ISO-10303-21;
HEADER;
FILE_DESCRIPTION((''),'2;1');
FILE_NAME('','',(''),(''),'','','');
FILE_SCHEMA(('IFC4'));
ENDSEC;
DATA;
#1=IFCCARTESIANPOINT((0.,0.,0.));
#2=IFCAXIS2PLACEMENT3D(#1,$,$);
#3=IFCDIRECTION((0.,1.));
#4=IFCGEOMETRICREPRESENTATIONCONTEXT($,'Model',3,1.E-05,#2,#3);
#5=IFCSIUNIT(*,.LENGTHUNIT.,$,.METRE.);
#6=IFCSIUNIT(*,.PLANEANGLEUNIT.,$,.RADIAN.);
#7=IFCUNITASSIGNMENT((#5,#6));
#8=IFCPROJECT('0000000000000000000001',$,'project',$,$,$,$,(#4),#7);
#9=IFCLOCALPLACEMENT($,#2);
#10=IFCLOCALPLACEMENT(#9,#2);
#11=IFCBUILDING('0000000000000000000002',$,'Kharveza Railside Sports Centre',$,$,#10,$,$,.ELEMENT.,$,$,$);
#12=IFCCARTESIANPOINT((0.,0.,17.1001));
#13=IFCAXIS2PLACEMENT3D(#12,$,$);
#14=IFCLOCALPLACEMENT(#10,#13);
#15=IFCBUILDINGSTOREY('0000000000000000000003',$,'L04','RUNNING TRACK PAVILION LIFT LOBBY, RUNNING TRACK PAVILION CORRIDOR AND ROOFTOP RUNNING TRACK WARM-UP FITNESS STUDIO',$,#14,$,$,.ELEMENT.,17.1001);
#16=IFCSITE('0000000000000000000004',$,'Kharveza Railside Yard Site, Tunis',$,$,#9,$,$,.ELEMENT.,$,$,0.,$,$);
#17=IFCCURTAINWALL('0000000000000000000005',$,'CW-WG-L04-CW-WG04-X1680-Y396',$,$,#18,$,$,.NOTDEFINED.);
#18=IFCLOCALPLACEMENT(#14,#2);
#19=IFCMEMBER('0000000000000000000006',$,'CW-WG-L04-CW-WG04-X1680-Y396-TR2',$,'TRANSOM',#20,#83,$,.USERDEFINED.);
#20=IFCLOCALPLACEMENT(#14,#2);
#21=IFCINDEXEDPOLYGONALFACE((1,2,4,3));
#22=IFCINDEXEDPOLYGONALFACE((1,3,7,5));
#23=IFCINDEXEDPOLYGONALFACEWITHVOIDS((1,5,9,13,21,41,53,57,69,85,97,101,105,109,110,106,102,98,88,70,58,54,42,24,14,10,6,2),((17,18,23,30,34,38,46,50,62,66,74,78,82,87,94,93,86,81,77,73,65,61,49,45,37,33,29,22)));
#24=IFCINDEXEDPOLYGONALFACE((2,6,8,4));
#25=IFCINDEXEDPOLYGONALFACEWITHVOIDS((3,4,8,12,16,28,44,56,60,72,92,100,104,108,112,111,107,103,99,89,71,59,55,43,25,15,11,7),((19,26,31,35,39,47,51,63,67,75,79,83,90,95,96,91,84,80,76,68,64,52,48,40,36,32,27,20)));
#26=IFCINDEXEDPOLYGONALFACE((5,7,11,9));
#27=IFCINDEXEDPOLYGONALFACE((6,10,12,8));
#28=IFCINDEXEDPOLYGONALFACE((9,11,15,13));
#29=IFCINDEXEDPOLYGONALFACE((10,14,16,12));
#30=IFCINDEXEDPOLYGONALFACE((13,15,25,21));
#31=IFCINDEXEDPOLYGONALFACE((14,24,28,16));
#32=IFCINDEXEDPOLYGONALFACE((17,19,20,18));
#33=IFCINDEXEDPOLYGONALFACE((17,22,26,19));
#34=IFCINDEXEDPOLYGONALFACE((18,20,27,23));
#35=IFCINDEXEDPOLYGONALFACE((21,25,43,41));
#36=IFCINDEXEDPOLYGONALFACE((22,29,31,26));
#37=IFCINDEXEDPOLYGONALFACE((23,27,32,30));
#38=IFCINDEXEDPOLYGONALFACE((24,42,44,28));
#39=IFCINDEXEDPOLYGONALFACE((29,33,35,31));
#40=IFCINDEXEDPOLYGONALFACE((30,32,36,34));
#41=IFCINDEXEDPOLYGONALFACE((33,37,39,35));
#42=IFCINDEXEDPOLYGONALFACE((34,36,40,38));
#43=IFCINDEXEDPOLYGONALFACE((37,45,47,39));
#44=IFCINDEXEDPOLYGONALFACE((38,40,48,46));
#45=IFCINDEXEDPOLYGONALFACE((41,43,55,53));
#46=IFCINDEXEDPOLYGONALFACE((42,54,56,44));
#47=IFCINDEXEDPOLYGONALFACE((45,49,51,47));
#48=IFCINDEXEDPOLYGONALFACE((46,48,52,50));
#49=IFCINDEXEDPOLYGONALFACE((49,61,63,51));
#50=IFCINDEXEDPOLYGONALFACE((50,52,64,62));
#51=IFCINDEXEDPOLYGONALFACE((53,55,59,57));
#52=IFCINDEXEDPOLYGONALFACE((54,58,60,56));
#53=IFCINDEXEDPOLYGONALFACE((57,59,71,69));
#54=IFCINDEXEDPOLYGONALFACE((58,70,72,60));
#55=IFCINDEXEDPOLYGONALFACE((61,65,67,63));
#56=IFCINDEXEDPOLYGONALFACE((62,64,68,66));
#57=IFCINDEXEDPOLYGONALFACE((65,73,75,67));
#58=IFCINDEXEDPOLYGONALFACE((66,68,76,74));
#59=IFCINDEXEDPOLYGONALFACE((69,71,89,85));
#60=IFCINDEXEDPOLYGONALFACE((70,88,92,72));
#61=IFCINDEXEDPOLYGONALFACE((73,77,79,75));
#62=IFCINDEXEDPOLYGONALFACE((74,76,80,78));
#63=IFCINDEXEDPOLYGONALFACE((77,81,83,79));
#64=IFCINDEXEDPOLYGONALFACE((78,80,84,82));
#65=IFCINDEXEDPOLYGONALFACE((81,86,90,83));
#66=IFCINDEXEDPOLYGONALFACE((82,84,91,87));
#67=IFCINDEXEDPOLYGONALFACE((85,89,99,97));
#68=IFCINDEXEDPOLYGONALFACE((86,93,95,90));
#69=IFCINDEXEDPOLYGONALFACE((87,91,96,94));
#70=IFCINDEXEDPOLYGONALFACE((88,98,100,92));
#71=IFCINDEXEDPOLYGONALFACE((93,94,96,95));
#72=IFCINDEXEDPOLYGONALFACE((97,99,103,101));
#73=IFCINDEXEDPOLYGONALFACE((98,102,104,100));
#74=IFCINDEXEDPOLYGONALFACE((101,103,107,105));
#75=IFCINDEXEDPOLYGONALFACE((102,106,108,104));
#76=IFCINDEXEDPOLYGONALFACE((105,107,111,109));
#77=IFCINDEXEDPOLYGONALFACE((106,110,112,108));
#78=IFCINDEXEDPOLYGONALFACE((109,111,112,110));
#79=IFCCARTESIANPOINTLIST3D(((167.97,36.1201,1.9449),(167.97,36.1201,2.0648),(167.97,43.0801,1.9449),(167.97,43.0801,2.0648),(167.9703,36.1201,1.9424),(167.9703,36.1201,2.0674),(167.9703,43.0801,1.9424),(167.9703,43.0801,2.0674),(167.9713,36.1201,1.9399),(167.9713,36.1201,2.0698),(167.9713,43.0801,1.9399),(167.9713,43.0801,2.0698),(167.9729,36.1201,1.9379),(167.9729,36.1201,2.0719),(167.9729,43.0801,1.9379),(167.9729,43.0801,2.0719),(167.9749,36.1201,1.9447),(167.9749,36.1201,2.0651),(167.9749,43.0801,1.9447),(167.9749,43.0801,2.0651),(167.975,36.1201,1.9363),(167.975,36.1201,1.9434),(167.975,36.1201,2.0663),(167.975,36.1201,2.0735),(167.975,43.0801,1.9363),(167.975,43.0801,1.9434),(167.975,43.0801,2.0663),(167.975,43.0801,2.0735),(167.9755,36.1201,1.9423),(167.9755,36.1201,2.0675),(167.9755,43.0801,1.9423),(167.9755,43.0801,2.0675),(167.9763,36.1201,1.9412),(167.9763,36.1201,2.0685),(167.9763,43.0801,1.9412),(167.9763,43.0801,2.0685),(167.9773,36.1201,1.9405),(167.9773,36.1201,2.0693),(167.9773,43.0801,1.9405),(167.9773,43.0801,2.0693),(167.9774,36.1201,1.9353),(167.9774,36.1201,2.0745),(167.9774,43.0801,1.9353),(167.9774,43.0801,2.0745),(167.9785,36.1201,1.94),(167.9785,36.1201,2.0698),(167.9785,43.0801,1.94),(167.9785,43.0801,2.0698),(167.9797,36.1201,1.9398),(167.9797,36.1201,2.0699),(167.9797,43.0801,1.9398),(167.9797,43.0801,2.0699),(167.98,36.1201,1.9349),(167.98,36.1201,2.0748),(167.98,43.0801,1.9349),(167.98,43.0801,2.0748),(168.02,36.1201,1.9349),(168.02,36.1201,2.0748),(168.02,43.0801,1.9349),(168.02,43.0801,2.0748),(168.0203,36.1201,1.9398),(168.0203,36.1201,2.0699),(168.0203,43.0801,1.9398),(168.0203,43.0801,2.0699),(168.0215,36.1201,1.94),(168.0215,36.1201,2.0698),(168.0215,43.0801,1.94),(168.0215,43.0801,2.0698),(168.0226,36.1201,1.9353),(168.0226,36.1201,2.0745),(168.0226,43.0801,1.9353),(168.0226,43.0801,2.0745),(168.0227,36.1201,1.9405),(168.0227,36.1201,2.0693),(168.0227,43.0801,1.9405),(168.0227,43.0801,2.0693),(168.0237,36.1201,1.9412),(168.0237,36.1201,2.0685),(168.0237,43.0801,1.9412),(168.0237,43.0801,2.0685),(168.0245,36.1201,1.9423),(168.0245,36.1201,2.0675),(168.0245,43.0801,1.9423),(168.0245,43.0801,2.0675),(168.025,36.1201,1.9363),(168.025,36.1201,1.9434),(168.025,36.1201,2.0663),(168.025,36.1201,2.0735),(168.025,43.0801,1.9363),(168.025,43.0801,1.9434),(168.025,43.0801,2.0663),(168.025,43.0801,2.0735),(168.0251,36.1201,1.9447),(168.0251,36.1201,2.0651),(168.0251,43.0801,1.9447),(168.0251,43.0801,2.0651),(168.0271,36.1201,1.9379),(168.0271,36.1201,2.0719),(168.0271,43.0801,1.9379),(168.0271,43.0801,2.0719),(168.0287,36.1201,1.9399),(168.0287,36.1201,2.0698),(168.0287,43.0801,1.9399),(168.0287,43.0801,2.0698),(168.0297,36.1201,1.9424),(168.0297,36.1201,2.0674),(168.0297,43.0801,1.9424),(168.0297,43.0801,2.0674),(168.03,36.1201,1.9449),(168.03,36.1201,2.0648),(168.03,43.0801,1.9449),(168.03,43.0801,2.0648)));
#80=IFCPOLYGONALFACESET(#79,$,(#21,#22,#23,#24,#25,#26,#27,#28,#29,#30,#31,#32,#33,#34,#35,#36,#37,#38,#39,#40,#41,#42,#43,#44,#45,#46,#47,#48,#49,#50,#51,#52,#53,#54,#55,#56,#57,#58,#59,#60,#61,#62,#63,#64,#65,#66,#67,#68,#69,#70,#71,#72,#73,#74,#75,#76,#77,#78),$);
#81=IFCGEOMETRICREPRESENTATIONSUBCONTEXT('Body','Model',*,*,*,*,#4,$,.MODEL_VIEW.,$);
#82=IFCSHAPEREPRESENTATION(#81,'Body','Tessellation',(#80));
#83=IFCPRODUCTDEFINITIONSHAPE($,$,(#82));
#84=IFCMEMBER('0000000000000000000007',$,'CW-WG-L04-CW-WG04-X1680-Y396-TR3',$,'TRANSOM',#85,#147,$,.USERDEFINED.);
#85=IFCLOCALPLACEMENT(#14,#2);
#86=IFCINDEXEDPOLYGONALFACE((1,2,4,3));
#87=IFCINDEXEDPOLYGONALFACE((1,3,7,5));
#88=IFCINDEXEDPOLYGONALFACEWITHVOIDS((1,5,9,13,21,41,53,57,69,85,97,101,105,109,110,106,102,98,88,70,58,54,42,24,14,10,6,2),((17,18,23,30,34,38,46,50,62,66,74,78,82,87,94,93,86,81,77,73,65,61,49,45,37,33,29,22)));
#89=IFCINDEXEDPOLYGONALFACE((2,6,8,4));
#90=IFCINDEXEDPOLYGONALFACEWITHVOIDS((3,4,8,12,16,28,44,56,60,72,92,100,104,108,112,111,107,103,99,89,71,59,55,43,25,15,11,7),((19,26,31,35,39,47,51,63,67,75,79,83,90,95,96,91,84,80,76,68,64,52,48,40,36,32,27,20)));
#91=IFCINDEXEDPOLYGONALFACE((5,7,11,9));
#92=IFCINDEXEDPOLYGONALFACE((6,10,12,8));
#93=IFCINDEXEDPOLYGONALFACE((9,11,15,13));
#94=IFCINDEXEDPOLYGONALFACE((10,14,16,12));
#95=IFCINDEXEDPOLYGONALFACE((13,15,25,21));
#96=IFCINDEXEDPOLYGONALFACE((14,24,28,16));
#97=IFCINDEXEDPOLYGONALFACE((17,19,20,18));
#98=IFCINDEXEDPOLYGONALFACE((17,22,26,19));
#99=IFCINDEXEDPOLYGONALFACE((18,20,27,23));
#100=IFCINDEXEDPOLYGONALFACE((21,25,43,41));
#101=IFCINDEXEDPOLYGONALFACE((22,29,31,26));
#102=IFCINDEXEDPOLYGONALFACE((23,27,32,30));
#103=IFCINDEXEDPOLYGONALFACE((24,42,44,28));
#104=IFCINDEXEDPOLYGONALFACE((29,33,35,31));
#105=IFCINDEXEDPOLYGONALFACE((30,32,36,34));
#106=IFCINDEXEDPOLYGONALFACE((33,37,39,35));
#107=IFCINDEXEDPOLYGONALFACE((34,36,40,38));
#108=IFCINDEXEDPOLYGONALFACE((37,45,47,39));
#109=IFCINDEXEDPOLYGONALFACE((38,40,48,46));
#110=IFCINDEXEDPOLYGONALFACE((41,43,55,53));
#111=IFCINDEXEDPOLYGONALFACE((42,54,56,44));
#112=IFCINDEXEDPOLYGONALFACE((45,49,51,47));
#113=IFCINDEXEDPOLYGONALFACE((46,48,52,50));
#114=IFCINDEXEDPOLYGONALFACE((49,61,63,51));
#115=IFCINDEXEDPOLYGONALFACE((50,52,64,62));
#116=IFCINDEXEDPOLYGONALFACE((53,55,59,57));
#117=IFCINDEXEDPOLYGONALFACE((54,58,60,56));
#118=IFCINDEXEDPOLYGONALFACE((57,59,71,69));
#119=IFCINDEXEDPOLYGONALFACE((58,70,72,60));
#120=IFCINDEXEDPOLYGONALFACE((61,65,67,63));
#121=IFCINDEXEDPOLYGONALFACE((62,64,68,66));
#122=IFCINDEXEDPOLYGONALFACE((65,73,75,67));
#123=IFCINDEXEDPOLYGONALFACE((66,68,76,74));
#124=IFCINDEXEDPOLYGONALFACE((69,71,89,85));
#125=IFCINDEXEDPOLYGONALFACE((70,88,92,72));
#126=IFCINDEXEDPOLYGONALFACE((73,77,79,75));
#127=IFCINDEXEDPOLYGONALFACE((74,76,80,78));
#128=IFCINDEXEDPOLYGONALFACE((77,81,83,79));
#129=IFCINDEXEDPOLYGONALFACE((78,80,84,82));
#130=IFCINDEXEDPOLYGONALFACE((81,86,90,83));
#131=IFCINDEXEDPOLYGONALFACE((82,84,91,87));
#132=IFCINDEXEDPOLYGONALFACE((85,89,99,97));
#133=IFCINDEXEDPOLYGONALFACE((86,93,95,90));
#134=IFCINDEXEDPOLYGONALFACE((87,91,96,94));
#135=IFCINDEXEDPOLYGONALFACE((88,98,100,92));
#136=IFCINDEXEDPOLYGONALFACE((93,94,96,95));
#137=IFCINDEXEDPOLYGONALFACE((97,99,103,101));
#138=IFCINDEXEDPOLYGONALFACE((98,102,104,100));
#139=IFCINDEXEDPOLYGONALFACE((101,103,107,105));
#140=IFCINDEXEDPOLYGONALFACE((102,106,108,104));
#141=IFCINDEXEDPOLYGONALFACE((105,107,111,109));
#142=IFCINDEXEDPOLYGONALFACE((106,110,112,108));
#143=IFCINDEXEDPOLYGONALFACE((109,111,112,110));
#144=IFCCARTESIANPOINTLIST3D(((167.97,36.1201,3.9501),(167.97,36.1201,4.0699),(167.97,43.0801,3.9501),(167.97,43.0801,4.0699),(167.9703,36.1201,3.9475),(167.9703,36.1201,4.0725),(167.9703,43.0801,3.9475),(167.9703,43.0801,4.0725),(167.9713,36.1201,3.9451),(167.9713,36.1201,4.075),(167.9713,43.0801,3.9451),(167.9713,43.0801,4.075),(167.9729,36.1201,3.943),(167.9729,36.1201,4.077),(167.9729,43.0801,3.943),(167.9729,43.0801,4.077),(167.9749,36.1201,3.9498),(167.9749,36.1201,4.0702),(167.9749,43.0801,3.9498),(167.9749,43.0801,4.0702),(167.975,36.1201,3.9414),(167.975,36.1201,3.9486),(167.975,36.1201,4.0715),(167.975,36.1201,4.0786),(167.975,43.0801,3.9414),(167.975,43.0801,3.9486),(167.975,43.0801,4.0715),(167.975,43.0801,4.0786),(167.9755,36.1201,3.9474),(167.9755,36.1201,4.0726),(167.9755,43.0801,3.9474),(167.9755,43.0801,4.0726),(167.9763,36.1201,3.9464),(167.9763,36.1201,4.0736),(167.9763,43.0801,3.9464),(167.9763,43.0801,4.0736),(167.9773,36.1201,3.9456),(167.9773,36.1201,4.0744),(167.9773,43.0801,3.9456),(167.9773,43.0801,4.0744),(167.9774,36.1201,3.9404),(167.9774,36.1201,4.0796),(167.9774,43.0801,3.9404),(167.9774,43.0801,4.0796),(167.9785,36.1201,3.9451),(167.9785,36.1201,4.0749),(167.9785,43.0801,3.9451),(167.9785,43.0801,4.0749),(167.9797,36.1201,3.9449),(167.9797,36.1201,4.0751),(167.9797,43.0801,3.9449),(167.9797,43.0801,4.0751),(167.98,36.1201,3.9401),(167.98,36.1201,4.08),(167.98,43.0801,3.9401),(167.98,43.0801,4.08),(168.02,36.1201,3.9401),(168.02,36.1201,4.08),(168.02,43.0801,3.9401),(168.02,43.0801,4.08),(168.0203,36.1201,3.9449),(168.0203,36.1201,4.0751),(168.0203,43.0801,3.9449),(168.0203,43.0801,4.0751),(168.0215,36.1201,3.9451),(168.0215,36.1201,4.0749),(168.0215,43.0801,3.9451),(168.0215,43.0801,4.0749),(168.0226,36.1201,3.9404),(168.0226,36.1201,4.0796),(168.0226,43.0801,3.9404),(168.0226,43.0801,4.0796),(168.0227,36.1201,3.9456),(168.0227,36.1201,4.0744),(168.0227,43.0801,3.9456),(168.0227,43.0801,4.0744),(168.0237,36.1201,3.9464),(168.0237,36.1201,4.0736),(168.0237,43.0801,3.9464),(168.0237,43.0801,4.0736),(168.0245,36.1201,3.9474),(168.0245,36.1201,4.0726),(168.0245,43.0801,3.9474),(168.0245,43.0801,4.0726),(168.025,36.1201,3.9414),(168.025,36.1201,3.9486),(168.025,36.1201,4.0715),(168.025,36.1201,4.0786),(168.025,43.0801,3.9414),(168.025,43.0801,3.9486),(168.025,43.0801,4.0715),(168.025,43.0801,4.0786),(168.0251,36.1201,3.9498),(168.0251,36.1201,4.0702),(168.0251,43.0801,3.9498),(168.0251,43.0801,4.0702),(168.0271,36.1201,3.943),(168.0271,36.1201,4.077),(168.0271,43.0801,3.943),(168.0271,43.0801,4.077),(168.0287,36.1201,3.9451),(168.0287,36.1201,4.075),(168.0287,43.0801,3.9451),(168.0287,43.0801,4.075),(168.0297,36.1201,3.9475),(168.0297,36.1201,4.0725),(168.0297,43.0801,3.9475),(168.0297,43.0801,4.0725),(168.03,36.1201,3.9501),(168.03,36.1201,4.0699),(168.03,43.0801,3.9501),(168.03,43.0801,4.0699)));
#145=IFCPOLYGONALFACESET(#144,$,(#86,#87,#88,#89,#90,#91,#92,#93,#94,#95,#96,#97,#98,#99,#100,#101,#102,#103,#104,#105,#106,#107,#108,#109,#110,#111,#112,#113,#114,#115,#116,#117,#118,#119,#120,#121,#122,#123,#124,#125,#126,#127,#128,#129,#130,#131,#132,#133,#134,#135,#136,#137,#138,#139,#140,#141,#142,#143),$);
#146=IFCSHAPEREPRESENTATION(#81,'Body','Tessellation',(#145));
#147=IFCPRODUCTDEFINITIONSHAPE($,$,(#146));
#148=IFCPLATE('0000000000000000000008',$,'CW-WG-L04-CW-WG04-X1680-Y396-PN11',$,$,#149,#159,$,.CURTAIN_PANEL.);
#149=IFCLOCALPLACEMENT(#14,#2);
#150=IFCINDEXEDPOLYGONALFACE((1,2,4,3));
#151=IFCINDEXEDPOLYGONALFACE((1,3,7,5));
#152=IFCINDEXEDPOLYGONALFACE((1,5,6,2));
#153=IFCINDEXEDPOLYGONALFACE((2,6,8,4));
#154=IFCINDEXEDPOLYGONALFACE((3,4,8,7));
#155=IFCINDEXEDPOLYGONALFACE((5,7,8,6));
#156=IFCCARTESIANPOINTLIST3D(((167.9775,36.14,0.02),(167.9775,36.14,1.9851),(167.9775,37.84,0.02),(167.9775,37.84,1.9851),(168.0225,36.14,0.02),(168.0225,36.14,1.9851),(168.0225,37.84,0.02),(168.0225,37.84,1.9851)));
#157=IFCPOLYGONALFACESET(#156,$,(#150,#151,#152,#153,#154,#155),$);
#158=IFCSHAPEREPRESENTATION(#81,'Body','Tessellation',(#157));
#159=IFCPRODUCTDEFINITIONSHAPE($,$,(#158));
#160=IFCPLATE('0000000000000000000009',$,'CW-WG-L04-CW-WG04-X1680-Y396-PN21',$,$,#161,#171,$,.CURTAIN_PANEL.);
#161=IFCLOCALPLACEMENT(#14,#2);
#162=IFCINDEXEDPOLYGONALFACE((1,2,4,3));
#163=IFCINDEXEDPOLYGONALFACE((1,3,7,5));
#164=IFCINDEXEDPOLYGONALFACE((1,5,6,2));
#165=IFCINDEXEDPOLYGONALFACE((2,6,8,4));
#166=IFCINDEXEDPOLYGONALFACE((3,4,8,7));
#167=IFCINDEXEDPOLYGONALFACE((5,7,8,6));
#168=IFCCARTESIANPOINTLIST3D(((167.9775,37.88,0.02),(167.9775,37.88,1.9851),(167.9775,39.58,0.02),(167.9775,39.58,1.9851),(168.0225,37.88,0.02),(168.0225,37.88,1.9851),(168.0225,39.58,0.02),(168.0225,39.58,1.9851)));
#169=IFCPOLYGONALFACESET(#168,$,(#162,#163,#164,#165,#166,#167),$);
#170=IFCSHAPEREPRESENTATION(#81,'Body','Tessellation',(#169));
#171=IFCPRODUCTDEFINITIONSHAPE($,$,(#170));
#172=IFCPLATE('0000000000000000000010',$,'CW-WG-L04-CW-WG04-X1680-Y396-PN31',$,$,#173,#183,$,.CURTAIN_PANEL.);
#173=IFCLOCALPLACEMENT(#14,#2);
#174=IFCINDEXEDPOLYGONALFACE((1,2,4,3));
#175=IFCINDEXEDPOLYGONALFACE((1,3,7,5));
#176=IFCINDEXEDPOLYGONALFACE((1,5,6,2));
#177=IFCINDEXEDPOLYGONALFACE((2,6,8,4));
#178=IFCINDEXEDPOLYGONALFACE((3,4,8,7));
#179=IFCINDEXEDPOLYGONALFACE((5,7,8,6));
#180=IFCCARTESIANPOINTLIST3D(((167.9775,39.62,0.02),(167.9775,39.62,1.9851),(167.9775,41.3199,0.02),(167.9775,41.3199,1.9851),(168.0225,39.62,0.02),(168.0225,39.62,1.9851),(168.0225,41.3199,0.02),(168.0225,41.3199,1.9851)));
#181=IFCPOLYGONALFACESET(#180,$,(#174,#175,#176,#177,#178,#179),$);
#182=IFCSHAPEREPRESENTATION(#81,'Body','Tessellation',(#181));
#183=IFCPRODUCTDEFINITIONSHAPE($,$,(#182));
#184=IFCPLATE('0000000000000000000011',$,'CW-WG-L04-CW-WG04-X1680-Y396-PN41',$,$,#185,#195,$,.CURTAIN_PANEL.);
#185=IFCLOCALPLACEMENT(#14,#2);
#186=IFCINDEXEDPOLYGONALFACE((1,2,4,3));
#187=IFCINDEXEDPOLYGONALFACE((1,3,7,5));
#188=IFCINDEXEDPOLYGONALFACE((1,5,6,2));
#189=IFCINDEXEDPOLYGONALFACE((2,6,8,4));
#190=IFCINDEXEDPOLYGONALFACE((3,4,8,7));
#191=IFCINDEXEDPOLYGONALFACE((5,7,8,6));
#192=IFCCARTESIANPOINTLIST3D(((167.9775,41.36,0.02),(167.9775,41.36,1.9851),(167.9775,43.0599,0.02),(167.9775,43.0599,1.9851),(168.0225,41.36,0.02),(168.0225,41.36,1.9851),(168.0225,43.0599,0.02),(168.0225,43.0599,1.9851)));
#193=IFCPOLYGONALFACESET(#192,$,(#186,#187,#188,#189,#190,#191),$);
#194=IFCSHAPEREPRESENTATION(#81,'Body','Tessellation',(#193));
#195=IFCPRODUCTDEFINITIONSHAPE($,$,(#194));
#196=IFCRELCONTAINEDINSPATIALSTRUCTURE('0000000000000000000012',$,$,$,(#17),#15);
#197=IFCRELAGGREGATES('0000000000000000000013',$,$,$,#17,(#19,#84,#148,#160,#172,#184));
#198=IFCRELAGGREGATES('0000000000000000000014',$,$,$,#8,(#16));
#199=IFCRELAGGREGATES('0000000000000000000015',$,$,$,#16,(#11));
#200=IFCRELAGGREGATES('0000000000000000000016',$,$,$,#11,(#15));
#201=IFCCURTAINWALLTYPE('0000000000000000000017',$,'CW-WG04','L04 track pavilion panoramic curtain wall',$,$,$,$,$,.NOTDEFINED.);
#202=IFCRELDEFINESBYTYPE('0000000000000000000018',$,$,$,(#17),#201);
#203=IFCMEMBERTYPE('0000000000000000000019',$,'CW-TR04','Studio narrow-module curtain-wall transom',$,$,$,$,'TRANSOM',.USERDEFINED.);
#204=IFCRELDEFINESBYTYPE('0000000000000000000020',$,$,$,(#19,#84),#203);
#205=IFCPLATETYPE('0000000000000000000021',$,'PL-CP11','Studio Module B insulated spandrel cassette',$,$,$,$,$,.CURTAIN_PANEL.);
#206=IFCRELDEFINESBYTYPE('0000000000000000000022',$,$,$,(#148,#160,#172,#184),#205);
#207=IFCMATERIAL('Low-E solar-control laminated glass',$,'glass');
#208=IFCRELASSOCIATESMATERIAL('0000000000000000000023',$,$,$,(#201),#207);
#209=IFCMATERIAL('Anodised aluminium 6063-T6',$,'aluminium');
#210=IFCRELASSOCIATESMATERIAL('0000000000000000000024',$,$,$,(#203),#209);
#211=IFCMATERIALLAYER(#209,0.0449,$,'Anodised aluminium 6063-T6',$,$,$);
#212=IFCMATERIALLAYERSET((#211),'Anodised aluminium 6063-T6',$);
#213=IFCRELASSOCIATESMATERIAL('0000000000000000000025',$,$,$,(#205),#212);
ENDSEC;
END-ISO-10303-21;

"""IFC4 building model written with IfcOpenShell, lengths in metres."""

from ifc_helpers import new_model, si_unit, direction, frame, origin, origin_2d, place, context, subcontext, project, spatial, rectangle, hollow_rectangle, extrude, material, layer, layer_set, material_profile, profile_set, type_object, element, aggregate, save


model = new_model("IFC4")

# Units and contexts
model_context = context("Model", 3, precision=1e-05, world=origin(), true_north=direction((0.0, 1.0)))
body_context = subcontext(model_context, "Body", "Model", "MODEL_VIEW")
ifc_project = project(units=[si_unit("LENGTHUNIT", "METRE"), si_unit("PLANEANGLEUNIT", "RADIAN")], contexts=[model_context])

# Site, building, storey
site_placement = place(None, origin())
site = spatial("IfcSite", under=ifc_project, at=site_placement, Name="Kharveza Railside Yard Site, Tunis", CompositionType="ELEMENT", RefElevation=0.0)
building_placement = place(site_placement, origin())
building = spatial("IfcBuilding", under=site, at=building_placement, Name="Kharveza Railside Sports Centre", CompositionType="ELEMENT")
storey_placement = place(building_placement, frame((0.0, 0.0, 17.1001)))
storey = spatial("IfcBuildingStorey", under=building, at=storey_placement, Name="L04", Description="RUNNING TRACK PAVILION LIFT LOBBY, RUNNING TRACK PAVILION CORRIDOR AND ROOFTOP RUNNING TRACK WARM-UP FITNESS STUDIO", CompositionType="ELEMENT", Elevation=17.1001)

# Curtain wall, members, plates
ifc_material_1 = material(Name="Low-E solar-control laminated glass", Category="glass")
curtain_wall_type = type_object("IfcCurtainWallType", Name="CW-WG04", Description="L04 track pavilion panoramic curtain wall", PredefinedType="NOTDEFINED", material=ifc_material_1)
curtain_wall_placement = place(storey_placement, origin())
curtain_wall = element("IfcCurtainWall", 1, at=curtain_wall_placement, inside=storey, type_object=curtain_wall_type, Name="CW-WG-L04-CW-WG04-X1680-Y396", PredefinedType="NOTDEFINED")
ifc_material_2 = material(Name="Anodised aluminium 6063-T6", Category="aluminium")
ifc_material_profile_1 = material_profile(ifc_material_2, hollow_rectangle(XDim=0.0601, YDim=0.1399, WallThickness=0.0049, InnerFilletRadius=0.0049, OuterFilletRadius=0.01, at=origin_2d()), Name="RHS 60x140x5.0")
ifc_profile_set_1 = profile_set([ifc_material_profile_1], Name="Anodised aluminium 6063-T6")
member_type_1 = type_object("IfcMemberType", Name="CW-TR04", Description="Studio narrow-module curtain-wall transom", ElementType="TRANSOM", PredefinedType="USERDEFINED", material=ifc_profile_set_1)
member_1_placement = place(storey_placement, frame((168.0, 36.1201, 2.0049), z_axis=(0.0, 1.0, 0.0), x_axis=(-1.0, 0.0, 0.0)))
member_1 = element("IfcMember", 2, at=member_1_placement, type_object=member_type_1, Name="CW-WG-L04-CW-WG04-X1680-Y396-TR2", ObjectType="TRANSOM", PredefinedType="USERDEFINED", context=body_context, shape_type="SweptSolid", body=[
    extrude(hollow_rectangle(XDim=0.0601, YDim=0.1399, WallThickness=0.0049, InnerFilletRadius=0.0049, OuterFilletRadius=0.01, at=origin_2d()), origin(), (0.0, 0.0, 1.0), 6.96),
])
member_2_placement = place(storey_placement, frame((168.0, 36.1201, 4.01), z_axis=(0.0, 1.0, 0.0), x_axis=(-1.0, 0.0, 0.0)))
member_2 = element("IfcMember", 3, at=member_2_placement, type_object=member_type_1, Name="CW-WG-L04-CW-WG04-X1680-Y396-TR3", ObjectType="TRANSOM", PredefinedType="USERDEFINED", context=body_context, shape_type="SweptSolid", body=[
    extrude(hollow_rectangle(XDim=0.0601, YDim=0.1399, WallThickness=0.0049, InnerFilletRadius=0.0049, OuterFilletRadius=0.01, at=origin_2d()), origin(), (0.0, 0.0, 1.0), 6.96),
])
ifc_layer_1 = layer(ifc_material_2, 0.0449, Name="Anodised aluminium 6063-T6")
ifc_layer_set_1 = layer_set([ifc_layer_1], Name="Anodised aluminium 6063-T6")
plate_type_1 = type_object("IfcPlateType", Name="PL-CP11", Description="Studio Module B insulated spandrel cassette", PredefinedType="CURTAIN_PANEL", material=ifc_layer_set_1)
plate_1_placement = place(storey_placement, frame((168.0, 36.99, 0.02), z_axis=(0.0, 0.0, 1.0), x_axis=(0.0, 1.0, 0.0)))
plate_1 = element("IfcPlate", 4, at=plate_1_placement, type_object=plate_type_1, Name="CW-WG-L04-CW-WG04-X1680-Y396-PN11", PredefinedType="CURTAIN_PANEL", context=body_context, shape_type="SweptSolid", body=[
    extrude(rectangle(XDim=1.7, YDim=0.0449, at=origin_2d()), origin(), (0.0, 0.0, 1.0), 1.9651),
])
plate_2_placement = place(storey_placement, frame((168.0, 38.73, 0.02), z_axis=(0.0, 0.0, 1.0), x_axis=(0.0, 1.0, 0.0)))
plate_2 = element("IfcPlate", 5, at=plate_2_placement, type_object=plate_type_1, Name="CW-WG-L04-CW-WG04-X1680-Y396-PN21", PredefinedType="CURTAIN_PANEL", context=body_context, shape_type="SweptSolid", body=[
    extrude(rectangle(XDim=1.7, YDim=0.0449, at=origin_2d()), origin(), (0.0, 0.0, 1.0), 1.9651),
])
plate_3_placement = place(storey_placement, frame((168.0, 40.47, 0.02), z_axis=(0.0, 0.0, 1.0), x_axis=(0.0, 1.0, 0.0)))
plate_3 = element("IfcPlate", 6, at=plate_3_placement, type_object=plate_type_1, Name="CW-WG-L04-CW-WG04-X1680-Y396-PN31", PredefinedType="CURTAIN_PANEL", context=body_context, shape_type="SweptSolid", body=[
    extrude(rectangle(XDim=1.7, YDim=0.0449, at=origin_2d()), origin(), (0.0, 0.0, 1.0), 1.9651),
])
plate_4_placement = place(storey_placement, frame((168.0, 42.21, 0.02), z_axis=(0.0, 0.0, 1.0), x_axis=(0.0, 1.0, 0.0)))
plate_4 = element("IfcPlate", 7, at=plate_4_placement, type_object=plate_type_1, Name="CW-WG-L04-CW-WG04-X1680-Y396-PN41", PredefinedType="CURTAIN_PANEL", context=body_context, shape_type="SweptSolid", body=[
    extrude(rectangle(XDim=1.7, YDim=0.0449, at=origin_2d()), origin(), (0.0, 0.0, 1.0), 1.9651),
])
aggregate(curtain_wall, [member_1, member_2, plate_1, plate_2, plate_3, plate_4])

save(model, "model.ifc")
